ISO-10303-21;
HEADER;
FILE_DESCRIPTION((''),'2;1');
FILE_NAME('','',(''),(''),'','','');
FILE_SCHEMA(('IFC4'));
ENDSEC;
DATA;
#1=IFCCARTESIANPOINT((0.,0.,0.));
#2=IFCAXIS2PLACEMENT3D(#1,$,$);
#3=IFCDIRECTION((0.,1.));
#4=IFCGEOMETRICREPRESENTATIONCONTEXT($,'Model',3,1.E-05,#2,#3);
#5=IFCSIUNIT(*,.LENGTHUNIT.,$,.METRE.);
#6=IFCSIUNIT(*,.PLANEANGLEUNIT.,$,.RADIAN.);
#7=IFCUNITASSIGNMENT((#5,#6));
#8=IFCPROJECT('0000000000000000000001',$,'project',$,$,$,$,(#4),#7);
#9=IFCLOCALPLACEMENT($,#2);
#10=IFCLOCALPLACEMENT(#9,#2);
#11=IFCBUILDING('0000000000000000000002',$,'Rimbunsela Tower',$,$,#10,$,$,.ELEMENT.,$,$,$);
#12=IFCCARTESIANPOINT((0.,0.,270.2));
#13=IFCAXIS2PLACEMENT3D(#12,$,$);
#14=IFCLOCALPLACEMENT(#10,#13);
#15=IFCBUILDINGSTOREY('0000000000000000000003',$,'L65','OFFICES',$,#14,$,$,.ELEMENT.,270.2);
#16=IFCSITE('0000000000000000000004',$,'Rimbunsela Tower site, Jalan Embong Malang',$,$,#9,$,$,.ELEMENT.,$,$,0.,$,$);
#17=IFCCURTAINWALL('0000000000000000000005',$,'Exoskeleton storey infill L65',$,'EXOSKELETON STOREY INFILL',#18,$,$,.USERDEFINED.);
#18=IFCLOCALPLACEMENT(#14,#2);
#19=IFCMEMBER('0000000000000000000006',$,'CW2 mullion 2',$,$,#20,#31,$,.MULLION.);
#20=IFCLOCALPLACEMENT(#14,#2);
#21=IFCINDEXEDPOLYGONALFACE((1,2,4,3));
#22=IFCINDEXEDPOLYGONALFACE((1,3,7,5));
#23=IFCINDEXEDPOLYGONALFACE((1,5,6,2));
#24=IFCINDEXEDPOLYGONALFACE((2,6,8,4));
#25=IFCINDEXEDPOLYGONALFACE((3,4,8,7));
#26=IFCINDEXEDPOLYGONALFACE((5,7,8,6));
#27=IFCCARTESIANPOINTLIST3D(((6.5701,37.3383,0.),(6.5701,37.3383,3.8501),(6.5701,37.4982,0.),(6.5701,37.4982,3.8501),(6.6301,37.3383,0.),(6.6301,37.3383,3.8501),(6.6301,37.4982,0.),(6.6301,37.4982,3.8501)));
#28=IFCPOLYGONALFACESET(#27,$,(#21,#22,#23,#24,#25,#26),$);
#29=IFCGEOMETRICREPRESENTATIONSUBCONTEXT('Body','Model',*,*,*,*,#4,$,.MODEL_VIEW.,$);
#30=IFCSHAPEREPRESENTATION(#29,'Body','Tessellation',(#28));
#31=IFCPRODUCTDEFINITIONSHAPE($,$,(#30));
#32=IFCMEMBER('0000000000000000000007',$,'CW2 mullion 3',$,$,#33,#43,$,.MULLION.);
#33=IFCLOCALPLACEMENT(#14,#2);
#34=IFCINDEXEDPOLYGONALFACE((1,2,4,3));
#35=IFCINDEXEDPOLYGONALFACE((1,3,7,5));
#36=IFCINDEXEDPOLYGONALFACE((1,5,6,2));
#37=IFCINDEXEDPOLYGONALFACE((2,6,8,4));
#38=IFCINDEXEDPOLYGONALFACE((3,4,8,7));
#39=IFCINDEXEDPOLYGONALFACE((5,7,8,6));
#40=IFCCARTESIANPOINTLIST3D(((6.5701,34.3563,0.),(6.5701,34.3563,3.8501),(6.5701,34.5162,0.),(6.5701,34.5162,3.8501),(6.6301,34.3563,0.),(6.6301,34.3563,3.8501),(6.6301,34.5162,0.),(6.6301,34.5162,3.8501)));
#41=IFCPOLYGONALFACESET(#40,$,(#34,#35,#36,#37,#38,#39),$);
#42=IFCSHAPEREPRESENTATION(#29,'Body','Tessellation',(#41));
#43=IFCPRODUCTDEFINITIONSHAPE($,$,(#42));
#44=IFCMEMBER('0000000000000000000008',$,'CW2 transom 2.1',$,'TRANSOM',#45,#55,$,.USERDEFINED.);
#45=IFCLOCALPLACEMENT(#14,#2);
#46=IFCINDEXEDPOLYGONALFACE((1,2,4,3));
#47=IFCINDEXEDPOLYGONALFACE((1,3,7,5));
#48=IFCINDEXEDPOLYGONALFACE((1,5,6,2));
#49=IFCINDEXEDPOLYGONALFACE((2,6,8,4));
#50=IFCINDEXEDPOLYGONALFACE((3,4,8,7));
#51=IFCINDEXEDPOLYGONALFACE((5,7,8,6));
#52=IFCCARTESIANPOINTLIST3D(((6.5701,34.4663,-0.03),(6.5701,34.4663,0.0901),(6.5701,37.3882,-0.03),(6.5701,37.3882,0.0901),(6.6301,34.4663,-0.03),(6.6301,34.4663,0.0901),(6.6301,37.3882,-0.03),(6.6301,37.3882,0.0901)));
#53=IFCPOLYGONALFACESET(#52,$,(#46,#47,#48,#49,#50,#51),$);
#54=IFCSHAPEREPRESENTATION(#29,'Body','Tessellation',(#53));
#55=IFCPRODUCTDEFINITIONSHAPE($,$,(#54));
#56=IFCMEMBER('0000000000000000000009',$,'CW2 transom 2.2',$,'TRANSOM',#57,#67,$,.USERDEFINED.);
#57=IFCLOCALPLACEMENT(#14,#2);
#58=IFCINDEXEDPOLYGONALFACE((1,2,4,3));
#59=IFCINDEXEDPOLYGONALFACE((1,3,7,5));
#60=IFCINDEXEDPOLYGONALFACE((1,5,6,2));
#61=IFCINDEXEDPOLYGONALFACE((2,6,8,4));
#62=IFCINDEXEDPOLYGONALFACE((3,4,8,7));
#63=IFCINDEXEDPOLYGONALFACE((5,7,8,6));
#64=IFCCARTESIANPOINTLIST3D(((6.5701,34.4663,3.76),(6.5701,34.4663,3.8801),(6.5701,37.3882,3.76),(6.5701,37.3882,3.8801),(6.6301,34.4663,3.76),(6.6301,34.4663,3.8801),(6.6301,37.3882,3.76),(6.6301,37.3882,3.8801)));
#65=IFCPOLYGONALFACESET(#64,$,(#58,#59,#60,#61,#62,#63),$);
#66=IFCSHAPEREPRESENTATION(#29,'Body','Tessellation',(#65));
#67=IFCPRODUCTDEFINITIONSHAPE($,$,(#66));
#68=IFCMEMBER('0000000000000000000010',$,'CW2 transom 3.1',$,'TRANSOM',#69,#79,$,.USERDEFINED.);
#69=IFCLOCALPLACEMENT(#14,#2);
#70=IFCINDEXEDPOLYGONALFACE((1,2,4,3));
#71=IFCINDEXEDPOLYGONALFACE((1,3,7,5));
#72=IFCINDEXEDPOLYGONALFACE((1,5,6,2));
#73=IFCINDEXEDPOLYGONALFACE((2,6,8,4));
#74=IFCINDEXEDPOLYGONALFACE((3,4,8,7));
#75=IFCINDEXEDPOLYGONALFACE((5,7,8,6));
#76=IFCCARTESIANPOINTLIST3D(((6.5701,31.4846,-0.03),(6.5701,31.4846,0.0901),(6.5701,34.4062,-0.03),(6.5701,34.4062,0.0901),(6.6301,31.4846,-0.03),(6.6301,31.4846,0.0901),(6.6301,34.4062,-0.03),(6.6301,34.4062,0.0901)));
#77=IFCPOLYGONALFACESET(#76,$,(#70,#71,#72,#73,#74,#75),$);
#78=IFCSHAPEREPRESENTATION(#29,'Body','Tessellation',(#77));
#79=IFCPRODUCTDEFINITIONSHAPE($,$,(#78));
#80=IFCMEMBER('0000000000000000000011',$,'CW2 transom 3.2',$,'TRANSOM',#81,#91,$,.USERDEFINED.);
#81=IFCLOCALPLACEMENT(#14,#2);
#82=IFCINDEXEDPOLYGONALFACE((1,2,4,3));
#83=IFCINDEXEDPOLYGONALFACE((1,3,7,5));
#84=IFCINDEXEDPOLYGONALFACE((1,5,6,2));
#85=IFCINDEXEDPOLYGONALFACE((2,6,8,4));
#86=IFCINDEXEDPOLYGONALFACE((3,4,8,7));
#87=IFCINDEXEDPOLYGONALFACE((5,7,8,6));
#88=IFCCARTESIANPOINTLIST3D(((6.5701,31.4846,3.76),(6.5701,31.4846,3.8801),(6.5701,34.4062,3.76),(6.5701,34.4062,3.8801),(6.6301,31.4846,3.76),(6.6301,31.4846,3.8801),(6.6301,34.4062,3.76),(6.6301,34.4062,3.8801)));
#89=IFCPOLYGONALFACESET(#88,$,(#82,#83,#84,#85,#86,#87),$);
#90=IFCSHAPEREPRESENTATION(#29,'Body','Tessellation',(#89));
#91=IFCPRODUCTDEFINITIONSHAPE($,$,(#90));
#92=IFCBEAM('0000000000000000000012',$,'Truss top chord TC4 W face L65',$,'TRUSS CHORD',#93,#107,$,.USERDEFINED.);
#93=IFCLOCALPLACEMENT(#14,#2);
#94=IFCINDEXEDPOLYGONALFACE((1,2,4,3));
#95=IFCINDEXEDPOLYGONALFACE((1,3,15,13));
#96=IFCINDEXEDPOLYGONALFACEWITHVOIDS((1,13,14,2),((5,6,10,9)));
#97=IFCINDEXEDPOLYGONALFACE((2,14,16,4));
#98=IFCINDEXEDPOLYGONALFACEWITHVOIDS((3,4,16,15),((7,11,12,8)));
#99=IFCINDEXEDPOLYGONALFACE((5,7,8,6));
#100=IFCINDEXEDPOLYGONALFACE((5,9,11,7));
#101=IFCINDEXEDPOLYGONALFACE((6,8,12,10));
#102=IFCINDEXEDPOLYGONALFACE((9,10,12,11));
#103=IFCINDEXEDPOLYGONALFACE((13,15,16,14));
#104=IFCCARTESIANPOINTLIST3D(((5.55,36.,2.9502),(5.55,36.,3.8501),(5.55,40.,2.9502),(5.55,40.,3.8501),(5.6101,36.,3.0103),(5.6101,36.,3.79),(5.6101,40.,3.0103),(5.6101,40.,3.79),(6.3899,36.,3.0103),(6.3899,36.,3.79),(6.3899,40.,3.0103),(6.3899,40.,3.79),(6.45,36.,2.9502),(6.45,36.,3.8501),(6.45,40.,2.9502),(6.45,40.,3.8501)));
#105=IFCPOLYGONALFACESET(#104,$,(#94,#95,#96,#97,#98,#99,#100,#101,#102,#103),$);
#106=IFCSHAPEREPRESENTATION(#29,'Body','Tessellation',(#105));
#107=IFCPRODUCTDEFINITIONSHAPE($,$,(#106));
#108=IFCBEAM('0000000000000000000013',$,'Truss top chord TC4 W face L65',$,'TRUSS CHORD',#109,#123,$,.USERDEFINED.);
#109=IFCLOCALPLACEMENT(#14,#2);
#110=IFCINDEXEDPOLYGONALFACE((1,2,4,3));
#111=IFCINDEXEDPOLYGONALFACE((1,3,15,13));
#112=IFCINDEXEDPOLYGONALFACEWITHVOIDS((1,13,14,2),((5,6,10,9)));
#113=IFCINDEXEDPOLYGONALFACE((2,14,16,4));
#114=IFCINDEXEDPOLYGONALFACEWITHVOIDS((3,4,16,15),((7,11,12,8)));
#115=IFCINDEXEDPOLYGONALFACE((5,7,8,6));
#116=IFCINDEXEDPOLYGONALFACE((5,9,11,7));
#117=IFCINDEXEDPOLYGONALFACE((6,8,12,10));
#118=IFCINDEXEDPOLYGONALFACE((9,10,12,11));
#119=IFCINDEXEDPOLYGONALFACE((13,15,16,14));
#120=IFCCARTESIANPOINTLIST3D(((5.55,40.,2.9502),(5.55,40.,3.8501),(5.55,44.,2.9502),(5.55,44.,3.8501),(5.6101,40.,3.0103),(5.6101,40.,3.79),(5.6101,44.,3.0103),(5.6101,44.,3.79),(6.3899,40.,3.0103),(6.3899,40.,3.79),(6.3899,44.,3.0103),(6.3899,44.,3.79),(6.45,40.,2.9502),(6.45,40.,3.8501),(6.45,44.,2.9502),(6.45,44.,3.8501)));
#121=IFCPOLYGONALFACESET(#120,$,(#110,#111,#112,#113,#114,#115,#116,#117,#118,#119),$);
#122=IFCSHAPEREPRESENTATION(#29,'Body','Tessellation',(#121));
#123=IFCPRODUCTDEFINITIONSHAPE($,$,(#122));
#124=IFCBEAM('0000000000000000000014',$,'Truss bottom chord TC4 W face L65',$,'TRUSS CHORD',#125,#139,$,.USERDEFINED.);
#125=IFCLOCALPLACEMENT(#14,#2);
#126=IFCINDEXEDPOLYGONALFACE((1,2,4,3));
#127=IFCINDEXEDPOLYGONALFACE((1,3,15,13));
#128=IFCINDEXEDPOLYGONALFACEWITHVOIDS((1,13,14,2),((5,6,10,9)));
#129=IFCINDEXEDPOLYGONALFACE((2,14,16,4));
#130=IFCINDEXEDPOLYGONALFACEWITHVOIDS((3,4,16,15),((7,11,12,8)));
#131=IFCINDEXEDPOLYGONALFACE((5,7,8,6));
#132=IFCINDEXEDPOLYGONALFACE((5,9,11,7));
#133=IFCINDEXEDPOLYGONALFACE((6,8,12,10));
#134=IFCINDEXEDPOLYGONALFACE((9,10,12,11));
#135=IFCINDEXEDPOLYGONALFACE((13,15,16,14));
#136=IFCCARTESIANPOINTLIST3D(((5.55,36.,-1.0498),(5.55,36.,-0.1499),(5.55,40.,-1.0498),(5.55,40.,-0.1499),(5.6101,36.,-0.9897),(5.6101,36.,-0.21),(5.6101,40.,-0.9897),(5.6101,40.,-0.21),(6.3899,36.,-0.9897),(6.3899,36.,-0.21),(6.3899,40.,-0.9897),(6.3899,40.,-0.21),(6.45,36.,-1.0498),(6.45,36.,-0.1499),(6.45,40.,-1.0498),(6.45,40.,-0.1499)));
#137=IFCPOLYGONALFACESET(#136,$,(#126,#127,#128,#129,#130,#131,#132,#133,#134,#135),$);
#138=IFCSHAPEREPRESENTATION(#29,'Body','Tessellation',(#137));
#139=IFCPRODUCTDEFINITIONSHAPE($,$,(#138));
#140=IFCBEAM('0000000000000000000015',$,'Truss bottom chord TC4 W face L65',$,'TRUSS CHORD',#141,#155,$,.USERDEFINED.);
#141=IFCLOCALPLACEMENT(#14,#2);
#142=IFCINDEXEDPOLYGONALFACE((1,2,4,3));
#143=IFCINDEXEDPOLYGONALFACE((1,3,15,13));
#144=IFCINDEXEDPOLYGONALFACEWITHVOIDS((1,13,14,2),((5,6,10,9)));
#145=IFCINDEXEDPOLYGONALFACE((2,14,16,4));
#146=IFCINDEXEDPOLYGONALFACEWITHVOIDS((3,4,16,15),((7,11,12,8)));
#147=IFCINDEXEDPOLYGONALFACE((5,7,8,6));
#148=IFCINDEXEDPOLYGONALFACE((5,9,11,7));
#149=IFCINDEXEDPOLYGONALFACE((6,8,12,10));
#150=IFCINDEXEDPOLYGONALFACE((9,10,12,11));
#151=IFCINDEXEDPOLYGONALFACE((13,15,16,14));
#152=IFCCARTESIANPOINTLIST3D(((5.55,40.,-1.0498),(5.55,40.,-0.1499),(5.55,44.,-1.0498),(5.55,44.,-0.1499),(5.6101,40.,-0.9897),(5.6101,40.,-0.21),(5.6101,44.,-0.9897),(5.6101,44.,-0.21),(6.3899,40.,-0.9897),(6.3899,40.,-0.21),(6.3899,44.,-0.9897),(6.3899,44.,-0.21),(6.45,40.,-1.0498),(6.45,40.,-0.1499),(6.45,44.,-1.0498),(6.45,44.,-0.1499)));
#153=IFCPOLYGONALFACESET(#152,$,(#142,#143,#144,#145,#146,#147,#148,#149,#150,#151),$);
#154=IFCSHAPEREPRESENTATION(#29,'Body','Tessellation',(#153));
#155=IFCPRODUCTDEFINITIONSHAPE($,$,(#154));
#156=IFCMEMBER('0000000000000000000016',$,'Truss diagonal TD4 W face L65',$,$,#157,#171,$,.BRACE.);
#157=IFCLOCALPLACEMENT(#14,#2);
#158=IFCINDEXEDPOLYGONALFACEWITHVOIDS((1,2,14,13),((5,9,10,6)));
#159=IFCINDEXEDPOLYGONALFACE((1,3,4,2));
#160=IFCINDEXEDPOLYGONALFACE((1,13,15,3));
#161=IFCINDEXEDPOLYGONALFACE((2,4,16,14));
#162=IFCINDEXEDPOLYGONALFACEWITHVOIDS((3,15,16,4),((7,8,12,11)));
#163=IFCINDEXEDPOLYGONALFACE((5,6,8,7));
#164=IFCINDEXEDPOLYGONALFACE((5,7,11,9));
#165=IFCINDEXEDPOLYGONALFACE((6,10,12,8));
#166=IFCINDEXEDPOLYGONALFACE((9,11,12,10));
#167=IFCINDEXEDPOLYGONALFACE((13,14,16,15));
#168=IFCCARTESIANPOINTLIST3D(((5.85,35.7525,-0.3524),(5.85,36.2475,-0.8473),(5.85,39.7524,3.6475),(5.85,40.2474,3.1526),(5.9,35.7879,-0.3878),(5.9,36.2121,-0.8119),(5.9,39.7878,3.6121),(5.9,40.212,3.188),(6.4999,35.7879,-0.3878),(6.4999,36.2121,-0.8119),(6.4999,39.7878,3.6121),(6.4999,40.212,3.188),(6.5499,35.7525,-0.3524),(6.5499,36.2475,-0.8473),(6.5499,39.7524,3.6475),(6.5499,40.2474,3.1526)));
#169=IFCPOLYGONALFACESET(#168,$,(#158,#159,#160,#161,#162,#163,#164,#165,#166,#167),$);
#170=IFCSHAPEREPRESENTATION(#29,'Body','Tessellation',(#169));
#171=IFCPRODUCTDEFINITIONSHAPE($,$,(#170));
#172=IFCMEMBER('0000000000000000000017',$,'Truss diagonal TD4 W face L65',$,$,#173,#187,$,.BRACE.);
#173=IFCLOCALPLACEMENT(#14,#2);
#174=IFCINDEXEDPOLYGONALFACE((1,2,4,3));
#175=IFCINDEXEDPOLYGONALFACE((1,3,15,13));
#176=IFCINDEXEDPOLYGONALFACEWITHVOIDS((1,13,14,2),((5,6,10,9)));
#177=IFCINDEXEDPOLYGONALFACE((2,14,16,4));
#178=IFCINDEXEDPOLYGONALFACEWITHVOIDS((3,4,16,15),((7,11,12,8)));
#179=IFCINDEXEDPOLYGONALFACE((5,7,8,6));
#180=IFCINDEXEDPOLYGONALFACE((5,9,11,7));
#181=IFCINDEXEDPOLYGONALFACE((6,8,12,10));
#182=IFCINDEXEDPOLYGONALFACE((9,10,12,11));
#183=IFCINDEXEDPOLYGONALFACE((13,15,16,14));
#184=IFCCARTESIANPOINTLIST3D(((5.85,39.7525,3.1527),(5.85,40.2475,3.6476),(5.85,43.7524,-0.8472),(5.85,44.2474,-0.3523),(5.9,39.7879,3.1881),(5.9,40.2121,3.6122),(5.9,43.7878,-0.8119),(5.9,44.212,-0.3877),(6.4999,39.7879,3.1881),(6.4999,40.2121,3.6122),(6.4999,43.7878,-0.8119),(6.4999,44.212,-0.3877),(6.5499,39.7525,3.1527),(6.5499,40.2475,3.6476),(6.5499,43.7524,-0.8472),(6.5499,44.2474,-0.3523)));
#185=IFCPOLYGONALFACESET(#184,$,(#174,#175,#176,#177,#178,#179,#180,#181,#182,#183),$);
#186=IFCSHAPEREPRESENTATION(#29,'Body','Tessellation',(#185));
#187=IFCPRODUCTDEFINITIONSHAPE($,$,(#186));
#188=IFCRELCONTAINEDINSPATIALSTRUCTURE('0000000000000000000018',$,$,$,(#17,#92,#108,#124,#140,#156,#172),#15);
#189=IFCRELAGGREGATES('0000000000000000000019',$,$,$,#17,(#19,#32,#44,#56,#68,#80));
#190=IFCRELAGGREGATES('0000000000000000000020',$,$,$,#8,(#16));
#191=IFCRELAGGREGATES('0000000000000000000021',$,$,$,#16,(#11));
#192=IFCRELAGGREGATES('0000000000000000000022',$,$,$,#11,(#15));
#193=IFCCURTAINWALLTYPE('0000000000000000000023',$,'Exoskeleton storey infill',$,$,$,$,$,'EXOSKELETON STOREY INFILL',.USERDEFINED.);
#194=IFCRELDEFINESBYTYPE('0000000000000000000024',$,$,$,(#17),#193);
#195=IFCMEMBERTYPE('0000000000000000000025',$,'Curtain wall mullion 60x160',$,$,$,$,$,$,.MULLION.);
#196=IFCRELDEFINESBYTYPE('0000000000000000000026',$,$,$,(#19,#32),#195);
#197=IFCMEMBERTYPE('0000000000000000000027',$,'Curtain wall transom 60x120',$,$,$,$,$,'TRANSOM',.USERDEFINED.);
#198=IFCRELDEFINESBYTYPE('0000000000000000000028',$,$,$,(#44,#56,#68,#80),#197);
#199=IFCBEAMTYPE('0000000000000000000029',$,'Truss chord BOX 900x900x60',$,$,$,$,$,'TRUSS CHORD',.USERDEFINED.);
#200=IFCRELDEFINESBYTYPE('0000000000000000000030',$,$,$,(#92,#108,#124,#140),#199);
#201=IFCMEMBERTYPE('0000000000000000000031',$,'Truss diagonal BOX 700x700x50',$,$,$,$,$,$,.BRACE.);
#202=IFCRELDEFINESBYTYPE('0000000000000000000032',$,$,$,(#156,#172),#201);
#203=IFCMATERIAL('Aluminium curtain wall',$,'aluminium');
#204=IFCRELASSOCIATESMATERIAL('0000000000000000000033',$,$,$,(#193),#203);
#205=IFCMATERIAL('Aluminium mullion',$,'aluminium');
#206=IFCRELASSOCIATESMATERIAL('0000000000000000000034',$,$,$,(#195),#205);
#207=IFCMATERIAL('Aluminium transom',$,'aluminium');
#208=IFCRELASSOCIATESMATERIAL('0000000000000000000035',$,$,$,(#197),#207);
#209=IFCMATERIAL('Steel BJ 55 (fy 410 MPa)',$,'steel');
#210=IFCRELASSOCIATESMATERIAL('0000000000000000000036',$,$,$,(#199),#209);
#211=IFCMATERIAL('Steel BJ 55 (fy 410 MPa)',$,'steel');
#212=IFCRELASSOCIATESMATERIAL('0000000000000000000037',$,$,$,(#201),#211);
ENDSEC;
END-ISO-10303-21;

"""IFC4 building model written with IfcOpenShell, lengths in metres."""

from ifc_helpers import new_model, si_unit, direction, frame, origin, origin_2d, place, context, subcontext, project, spatial, rectangle, hollow_rectangle, extrude, material, material_profile, profile_set, type_object, element, aggregate, save


model = new_model("IFC4")

# Units and contexts
model_context = context("Model", 3, precision=1e-05, world=origin(), true_north=direction((0.0, 1.0)))
body_context = subcontext(model_context, "Body", "Model", "MODEL_VIEW")
ifc_project = project(units=[si_unit("LENGTHUNIT", "METRE"), si_unit("PLANEANGLEUNIT", "RADIAN")], contexts=[model_context])

# Site, building, storey
site_placement = place(None, origin())
site = spatial("IfcSite", under=ifc_project, at=site_placement, Name="Rimbunsela Tower site, Jalan Embong Malang", CompositionType="ELEMENT", RefElevation=0.0)
building_placement = place(site_placement, origin())
building = spatial("IfcBuilding", under=site, at=building_placement, Name="Rimbunsela Tower", CompositionType="ELEMENT")
storey_placement = place(building_placement, frame((0.0, 0.0, 270.2)))
storey = spatial("IfcBuildingStorey", under=building, at=storey_placement, Name="L65", Description="OFFICES", CompositionType="ELEMENT", Elevation=270.2)

# Curtain wall, members
ifc_material_1 = material(Name="Aluminium curtain wall", Category="aluminium")
curtain_wall_type = type_object("IfcCurtainWallType", Name="Exoskeleton storey infill", ElementType="EXOSKELETON STOREY INFILL", PredefinedType="USERDEFINED", material=ifc_material_1)
curtain_wall_placement = place(storey_placement, origin())
curtain_wall = element("IfcCurtainWall", 1, at=curtain_wall_placement, inside=storey, type_object=curtain_wall_type, Name="Exoskeleton storey infill L65", ObjectType="EXOSKELETON STOREY INFILL", PredefinedType="USERDEFINED")
ifc_material_2 = material(Name="Aluminium mullion", Category="aluminium")
ifc_material_profile_1 = material_profile(ifc_material_2, rectangle(XDim=0.0601, YDim=0.1599, at=origin_2d()), Name="Mullion 60x160")
ifc_profile_set_1 = profile_set([ifc_material_profile_1], Name="Aluminium mullion")
member_type_1 = type_object("IfcMemberType", Name="Curtain wall mullion 60x160", PredefinedType="MULLION", material=ifc_profile_set_1)
member_1_placement = place(storey_placement, frame((6.6001, 37.4182, 0.0), z_axis=(0.0, 0.0, 1.0), x_axis=(1.0, 0.0, 0.0)))
member_1 = element("IfcMember", 2, at=member_1_placement, type_object=member_type_1, Name="CW2 mullion 2", PredefinedType="MULLION", context=body_context, shape_type="SweptSolid", body=[
    extrude(rectangle(XDim=0.0601, YDim=0.1599, at=origin_2d()), origin(), (0.0, 0.0, 1.0), 3.8501),
])
member_2_placement = place(storey_placement, frame((6.6001, 34.4363, 0.0), z_axis=(0.0, 0.0, 1.0), x_axis=(1.0, 0.0, 0.0)))
member_2 = element("IfcMember", 3, at=member_2_placement, type_object=member_type_1, Name="CW2 mullion 3", PredefinedType="MULLION", context=body_context, shape_type="SweptSolid", body=[
    extrude(rectangle(XDim=0.0601, YDim=0.1599, at=origin_2d()), origin(), (0.0, 0.0, 1.0), 3.8501),
])
ifc_material_3 = material(Name="Aluminium transom", Category="aluminium")
ifc_material_profile_2 = material_profile(ifc_material_3, rectangle(XDim=0.0601, YDim=0.1201, at=origin_2d()), Name="Transom 60x120")
ifc_profile_set_2 = profile_set([ifc_material_profile_2], Name="Aluminium transom")
member_type_2 = type_object("IfcMemberType", Name="Curtain wall transom 60x120", ElementType="TRANSOM", PredefinedType="USERDEFINED", material=ifc_profile_set_2)
member_3_placement = place(storey_placement, frame((6.6001, 37.3882, 0.03), z_axis=(0.0, -1.0, 0.0), x_axis=(1.0, 0.0, 0.0)))
member_3 = element("IfcMember", 4, at=member_3_placement, type_object=member_type_2, Name="CW2 transom 2.1", ObjectType="TRANSOM", PredefinedType="USERDEFINED", context=body_context, shape_type="SweptSolid", body=[
    extrude(rectangle(XDim=0.0601, YDim=0.1201, at=origin_2d()), origin(), (0.0, 0.0, 1.0), 2.9219),
])
member_4_placement = place(storey_placement, frame((6.6001, 37.3882, 3.8201), z_axis=(0.0, -1.0, 0.0), x_axis=(1.0, 0.0, 0.0)))
member_4 = element("IfcMember", 5, at=member_4_placement, type_object=member_type_2, Name="CW2 transom 2.2", ObjectType="TRANSOM", PredefinedType="USERDEFINED", context=body_context, shape_type="SweptSolid", body=[
    extrude(rectangle(XDim=0.0601, YDim=0.1201, at=origin_2d()), origin(), (0.0, 0.0, 1.0), 2.9219),
])
member_5_placement = place(storey_placement, frame((6.6001, 34.4062, 0.03), z_axis=(0.0, -1.0, 0.0), x_axis=(1.0, 0.0, 0.0)))
member_5 = element("IfcMember", 6, at=member_5_placement, type_object=member_type_2, Name="CW2 transom 3.1", ObjectType="TRANSOM", PredefinedType="USERDEFINED", context=body_context, shape_type="SweptSolid", body=[
    extrude(rectangle(XDim=0.0601, YDim=0.1201, at=origin_2d()), origin(), (0.0, 0.0, 1.0), 2.9216),
])
member_6_placement = place(storey_placement, frame((6.6001, 34.4062, 3.8201), z_axis=(0.0, -1.0, 0.0), x_axis=(1.0, 0.0, 0.0)))
member_6 = element("IfcMember", 7, at=member_6_placement, type_object=member_type_2, Name="CW2 transom 3.2", ObjectType="TRANSOM", PredefinedType="USERDEFINED", context=body_context, shape_type="SweptSolid", body=[
    extrude(rectangle(XDim=0.0601, YDim=0.1201, at=origin_2d()), origin(), (0.0, 0.0, 1.0), 2.9216),
])

# Beams
ifc_material_4 = material(Name="Steel BJ 55 (fy 410 MPa)", Category="steel")
ifc_material_profile_3 = material_profile(ifc_material_4, hollow_rectangle(XDim=0.8999, YDim=0.8999, WallThickness=0.0601, at=origin_2d()), Name="BOX 900x900x60")
ifc_profile_set_3 = profile_set([ifc_material_profile_3], Name="Steel BJ 55 (fy 410 MPa)")
beam_type = type_object("IfcBeamType", Name="Truss chord BOX 900x900x60", ElementType="TRUSS CHORD", PredefinedType="USERDEFINED", material=ifc_profile_set_3)
for number, where, z_axis, x_axis, name in (
    (8, (6.0, 36.0, 3.4001), (0.0, 1.0, 0.0), (-1.0, 0.0, 0.0), "Truss top chord TC4 W face L65"),
    (9, (6.0, 40.0, 3.4001), (0.0, 1.0, 0.0), (-1.0, 0.0, 0.0), "Truss top chord TC4 W face L65"),
    (10, (6.0, 36.0, -0.5999), (0.0, 1.0, 0.0), (-1.0, 0.0, 0.0), "Truss bottom chord TC4 W face L65"),
    (11, (6.0, 40.0, -0.5999), (0.0, 1.0, 0.0), (-1.0, 0.0, 0.0), "Truss bottom chord TC4 W face L65"),
):
    element("IfcBeam", number, at=place(storey_placement, frame(where, z_axis=z_axis, x_axis=x_axis)), inside=storey, type_object=beam_type, Name=name, ObjectType="TRUSS CHORD", PredefinedType="USERDEFINED", context=body_context, shape_type="SweptSolid", body=[
        extrude(hollow_rectangle(XDim=0.8999, YDim=0.8999, WallThickness=0.0601, at=origin_2d()), origin(), (0.0, 0.0, 1.0), 4.0),
    ])

# Members
ifc_material_5 = material(Name="Steel BJ 55 (fy 410 MPa)", Category="steel")
ifc_material_profile_4 = material_profile(ifc_material_5, hollow_rectangle(XDim=0.7, YDim=0.7, WallThickness=0.05, at=origin_2d()), Name="BOX 700x700x50")
ifc_profile_set_4 = profile_set([ifc_material_profile_4], Name="Steel BJ 55 (fy 410 MPa)")
member_type_3 = type_object("IfcMemberType", Name="Truss diagonal BOX 700x700x50", PredefinedType="BRACE", material=ifc_profile_set_4)
for number, where, z_axis, x_axis, name in (
    (12, (6.2, 36.0, -0.5999), (0.0, 0.707107, 0.707107), (-1.0, 0.0, 0.0), "Truss diagonal TD4 W face L65"),
    (13, (6.2, 40.0, 3.4001), (0.0, 0.707107, -0.707107), (-1.0, 0.0, 0.0), "Truss diagonal TD4 W face L65"),
):
    element("IfcMember", number, at=place(storey_placement, frame(where, z_axis=z_axis, x_axis=x_axis)), inside=storey, type_object=member_type_3, Name=name, PredefinedType="BRACE", context=body_context, shape_type="SweptSolid", body=[
        extrude(hollow_rectangle(XDim=0.7, YDim=0.7, WallThickness=0.05, at=origin_2d()), origin(), (0.0, 0.0, 1.0), 5.6567),
    ])

aggregate(curtain_wall, [member_1, member_2, member_3, member_4, member_5, member_6])

save(model, "model.ifc")
